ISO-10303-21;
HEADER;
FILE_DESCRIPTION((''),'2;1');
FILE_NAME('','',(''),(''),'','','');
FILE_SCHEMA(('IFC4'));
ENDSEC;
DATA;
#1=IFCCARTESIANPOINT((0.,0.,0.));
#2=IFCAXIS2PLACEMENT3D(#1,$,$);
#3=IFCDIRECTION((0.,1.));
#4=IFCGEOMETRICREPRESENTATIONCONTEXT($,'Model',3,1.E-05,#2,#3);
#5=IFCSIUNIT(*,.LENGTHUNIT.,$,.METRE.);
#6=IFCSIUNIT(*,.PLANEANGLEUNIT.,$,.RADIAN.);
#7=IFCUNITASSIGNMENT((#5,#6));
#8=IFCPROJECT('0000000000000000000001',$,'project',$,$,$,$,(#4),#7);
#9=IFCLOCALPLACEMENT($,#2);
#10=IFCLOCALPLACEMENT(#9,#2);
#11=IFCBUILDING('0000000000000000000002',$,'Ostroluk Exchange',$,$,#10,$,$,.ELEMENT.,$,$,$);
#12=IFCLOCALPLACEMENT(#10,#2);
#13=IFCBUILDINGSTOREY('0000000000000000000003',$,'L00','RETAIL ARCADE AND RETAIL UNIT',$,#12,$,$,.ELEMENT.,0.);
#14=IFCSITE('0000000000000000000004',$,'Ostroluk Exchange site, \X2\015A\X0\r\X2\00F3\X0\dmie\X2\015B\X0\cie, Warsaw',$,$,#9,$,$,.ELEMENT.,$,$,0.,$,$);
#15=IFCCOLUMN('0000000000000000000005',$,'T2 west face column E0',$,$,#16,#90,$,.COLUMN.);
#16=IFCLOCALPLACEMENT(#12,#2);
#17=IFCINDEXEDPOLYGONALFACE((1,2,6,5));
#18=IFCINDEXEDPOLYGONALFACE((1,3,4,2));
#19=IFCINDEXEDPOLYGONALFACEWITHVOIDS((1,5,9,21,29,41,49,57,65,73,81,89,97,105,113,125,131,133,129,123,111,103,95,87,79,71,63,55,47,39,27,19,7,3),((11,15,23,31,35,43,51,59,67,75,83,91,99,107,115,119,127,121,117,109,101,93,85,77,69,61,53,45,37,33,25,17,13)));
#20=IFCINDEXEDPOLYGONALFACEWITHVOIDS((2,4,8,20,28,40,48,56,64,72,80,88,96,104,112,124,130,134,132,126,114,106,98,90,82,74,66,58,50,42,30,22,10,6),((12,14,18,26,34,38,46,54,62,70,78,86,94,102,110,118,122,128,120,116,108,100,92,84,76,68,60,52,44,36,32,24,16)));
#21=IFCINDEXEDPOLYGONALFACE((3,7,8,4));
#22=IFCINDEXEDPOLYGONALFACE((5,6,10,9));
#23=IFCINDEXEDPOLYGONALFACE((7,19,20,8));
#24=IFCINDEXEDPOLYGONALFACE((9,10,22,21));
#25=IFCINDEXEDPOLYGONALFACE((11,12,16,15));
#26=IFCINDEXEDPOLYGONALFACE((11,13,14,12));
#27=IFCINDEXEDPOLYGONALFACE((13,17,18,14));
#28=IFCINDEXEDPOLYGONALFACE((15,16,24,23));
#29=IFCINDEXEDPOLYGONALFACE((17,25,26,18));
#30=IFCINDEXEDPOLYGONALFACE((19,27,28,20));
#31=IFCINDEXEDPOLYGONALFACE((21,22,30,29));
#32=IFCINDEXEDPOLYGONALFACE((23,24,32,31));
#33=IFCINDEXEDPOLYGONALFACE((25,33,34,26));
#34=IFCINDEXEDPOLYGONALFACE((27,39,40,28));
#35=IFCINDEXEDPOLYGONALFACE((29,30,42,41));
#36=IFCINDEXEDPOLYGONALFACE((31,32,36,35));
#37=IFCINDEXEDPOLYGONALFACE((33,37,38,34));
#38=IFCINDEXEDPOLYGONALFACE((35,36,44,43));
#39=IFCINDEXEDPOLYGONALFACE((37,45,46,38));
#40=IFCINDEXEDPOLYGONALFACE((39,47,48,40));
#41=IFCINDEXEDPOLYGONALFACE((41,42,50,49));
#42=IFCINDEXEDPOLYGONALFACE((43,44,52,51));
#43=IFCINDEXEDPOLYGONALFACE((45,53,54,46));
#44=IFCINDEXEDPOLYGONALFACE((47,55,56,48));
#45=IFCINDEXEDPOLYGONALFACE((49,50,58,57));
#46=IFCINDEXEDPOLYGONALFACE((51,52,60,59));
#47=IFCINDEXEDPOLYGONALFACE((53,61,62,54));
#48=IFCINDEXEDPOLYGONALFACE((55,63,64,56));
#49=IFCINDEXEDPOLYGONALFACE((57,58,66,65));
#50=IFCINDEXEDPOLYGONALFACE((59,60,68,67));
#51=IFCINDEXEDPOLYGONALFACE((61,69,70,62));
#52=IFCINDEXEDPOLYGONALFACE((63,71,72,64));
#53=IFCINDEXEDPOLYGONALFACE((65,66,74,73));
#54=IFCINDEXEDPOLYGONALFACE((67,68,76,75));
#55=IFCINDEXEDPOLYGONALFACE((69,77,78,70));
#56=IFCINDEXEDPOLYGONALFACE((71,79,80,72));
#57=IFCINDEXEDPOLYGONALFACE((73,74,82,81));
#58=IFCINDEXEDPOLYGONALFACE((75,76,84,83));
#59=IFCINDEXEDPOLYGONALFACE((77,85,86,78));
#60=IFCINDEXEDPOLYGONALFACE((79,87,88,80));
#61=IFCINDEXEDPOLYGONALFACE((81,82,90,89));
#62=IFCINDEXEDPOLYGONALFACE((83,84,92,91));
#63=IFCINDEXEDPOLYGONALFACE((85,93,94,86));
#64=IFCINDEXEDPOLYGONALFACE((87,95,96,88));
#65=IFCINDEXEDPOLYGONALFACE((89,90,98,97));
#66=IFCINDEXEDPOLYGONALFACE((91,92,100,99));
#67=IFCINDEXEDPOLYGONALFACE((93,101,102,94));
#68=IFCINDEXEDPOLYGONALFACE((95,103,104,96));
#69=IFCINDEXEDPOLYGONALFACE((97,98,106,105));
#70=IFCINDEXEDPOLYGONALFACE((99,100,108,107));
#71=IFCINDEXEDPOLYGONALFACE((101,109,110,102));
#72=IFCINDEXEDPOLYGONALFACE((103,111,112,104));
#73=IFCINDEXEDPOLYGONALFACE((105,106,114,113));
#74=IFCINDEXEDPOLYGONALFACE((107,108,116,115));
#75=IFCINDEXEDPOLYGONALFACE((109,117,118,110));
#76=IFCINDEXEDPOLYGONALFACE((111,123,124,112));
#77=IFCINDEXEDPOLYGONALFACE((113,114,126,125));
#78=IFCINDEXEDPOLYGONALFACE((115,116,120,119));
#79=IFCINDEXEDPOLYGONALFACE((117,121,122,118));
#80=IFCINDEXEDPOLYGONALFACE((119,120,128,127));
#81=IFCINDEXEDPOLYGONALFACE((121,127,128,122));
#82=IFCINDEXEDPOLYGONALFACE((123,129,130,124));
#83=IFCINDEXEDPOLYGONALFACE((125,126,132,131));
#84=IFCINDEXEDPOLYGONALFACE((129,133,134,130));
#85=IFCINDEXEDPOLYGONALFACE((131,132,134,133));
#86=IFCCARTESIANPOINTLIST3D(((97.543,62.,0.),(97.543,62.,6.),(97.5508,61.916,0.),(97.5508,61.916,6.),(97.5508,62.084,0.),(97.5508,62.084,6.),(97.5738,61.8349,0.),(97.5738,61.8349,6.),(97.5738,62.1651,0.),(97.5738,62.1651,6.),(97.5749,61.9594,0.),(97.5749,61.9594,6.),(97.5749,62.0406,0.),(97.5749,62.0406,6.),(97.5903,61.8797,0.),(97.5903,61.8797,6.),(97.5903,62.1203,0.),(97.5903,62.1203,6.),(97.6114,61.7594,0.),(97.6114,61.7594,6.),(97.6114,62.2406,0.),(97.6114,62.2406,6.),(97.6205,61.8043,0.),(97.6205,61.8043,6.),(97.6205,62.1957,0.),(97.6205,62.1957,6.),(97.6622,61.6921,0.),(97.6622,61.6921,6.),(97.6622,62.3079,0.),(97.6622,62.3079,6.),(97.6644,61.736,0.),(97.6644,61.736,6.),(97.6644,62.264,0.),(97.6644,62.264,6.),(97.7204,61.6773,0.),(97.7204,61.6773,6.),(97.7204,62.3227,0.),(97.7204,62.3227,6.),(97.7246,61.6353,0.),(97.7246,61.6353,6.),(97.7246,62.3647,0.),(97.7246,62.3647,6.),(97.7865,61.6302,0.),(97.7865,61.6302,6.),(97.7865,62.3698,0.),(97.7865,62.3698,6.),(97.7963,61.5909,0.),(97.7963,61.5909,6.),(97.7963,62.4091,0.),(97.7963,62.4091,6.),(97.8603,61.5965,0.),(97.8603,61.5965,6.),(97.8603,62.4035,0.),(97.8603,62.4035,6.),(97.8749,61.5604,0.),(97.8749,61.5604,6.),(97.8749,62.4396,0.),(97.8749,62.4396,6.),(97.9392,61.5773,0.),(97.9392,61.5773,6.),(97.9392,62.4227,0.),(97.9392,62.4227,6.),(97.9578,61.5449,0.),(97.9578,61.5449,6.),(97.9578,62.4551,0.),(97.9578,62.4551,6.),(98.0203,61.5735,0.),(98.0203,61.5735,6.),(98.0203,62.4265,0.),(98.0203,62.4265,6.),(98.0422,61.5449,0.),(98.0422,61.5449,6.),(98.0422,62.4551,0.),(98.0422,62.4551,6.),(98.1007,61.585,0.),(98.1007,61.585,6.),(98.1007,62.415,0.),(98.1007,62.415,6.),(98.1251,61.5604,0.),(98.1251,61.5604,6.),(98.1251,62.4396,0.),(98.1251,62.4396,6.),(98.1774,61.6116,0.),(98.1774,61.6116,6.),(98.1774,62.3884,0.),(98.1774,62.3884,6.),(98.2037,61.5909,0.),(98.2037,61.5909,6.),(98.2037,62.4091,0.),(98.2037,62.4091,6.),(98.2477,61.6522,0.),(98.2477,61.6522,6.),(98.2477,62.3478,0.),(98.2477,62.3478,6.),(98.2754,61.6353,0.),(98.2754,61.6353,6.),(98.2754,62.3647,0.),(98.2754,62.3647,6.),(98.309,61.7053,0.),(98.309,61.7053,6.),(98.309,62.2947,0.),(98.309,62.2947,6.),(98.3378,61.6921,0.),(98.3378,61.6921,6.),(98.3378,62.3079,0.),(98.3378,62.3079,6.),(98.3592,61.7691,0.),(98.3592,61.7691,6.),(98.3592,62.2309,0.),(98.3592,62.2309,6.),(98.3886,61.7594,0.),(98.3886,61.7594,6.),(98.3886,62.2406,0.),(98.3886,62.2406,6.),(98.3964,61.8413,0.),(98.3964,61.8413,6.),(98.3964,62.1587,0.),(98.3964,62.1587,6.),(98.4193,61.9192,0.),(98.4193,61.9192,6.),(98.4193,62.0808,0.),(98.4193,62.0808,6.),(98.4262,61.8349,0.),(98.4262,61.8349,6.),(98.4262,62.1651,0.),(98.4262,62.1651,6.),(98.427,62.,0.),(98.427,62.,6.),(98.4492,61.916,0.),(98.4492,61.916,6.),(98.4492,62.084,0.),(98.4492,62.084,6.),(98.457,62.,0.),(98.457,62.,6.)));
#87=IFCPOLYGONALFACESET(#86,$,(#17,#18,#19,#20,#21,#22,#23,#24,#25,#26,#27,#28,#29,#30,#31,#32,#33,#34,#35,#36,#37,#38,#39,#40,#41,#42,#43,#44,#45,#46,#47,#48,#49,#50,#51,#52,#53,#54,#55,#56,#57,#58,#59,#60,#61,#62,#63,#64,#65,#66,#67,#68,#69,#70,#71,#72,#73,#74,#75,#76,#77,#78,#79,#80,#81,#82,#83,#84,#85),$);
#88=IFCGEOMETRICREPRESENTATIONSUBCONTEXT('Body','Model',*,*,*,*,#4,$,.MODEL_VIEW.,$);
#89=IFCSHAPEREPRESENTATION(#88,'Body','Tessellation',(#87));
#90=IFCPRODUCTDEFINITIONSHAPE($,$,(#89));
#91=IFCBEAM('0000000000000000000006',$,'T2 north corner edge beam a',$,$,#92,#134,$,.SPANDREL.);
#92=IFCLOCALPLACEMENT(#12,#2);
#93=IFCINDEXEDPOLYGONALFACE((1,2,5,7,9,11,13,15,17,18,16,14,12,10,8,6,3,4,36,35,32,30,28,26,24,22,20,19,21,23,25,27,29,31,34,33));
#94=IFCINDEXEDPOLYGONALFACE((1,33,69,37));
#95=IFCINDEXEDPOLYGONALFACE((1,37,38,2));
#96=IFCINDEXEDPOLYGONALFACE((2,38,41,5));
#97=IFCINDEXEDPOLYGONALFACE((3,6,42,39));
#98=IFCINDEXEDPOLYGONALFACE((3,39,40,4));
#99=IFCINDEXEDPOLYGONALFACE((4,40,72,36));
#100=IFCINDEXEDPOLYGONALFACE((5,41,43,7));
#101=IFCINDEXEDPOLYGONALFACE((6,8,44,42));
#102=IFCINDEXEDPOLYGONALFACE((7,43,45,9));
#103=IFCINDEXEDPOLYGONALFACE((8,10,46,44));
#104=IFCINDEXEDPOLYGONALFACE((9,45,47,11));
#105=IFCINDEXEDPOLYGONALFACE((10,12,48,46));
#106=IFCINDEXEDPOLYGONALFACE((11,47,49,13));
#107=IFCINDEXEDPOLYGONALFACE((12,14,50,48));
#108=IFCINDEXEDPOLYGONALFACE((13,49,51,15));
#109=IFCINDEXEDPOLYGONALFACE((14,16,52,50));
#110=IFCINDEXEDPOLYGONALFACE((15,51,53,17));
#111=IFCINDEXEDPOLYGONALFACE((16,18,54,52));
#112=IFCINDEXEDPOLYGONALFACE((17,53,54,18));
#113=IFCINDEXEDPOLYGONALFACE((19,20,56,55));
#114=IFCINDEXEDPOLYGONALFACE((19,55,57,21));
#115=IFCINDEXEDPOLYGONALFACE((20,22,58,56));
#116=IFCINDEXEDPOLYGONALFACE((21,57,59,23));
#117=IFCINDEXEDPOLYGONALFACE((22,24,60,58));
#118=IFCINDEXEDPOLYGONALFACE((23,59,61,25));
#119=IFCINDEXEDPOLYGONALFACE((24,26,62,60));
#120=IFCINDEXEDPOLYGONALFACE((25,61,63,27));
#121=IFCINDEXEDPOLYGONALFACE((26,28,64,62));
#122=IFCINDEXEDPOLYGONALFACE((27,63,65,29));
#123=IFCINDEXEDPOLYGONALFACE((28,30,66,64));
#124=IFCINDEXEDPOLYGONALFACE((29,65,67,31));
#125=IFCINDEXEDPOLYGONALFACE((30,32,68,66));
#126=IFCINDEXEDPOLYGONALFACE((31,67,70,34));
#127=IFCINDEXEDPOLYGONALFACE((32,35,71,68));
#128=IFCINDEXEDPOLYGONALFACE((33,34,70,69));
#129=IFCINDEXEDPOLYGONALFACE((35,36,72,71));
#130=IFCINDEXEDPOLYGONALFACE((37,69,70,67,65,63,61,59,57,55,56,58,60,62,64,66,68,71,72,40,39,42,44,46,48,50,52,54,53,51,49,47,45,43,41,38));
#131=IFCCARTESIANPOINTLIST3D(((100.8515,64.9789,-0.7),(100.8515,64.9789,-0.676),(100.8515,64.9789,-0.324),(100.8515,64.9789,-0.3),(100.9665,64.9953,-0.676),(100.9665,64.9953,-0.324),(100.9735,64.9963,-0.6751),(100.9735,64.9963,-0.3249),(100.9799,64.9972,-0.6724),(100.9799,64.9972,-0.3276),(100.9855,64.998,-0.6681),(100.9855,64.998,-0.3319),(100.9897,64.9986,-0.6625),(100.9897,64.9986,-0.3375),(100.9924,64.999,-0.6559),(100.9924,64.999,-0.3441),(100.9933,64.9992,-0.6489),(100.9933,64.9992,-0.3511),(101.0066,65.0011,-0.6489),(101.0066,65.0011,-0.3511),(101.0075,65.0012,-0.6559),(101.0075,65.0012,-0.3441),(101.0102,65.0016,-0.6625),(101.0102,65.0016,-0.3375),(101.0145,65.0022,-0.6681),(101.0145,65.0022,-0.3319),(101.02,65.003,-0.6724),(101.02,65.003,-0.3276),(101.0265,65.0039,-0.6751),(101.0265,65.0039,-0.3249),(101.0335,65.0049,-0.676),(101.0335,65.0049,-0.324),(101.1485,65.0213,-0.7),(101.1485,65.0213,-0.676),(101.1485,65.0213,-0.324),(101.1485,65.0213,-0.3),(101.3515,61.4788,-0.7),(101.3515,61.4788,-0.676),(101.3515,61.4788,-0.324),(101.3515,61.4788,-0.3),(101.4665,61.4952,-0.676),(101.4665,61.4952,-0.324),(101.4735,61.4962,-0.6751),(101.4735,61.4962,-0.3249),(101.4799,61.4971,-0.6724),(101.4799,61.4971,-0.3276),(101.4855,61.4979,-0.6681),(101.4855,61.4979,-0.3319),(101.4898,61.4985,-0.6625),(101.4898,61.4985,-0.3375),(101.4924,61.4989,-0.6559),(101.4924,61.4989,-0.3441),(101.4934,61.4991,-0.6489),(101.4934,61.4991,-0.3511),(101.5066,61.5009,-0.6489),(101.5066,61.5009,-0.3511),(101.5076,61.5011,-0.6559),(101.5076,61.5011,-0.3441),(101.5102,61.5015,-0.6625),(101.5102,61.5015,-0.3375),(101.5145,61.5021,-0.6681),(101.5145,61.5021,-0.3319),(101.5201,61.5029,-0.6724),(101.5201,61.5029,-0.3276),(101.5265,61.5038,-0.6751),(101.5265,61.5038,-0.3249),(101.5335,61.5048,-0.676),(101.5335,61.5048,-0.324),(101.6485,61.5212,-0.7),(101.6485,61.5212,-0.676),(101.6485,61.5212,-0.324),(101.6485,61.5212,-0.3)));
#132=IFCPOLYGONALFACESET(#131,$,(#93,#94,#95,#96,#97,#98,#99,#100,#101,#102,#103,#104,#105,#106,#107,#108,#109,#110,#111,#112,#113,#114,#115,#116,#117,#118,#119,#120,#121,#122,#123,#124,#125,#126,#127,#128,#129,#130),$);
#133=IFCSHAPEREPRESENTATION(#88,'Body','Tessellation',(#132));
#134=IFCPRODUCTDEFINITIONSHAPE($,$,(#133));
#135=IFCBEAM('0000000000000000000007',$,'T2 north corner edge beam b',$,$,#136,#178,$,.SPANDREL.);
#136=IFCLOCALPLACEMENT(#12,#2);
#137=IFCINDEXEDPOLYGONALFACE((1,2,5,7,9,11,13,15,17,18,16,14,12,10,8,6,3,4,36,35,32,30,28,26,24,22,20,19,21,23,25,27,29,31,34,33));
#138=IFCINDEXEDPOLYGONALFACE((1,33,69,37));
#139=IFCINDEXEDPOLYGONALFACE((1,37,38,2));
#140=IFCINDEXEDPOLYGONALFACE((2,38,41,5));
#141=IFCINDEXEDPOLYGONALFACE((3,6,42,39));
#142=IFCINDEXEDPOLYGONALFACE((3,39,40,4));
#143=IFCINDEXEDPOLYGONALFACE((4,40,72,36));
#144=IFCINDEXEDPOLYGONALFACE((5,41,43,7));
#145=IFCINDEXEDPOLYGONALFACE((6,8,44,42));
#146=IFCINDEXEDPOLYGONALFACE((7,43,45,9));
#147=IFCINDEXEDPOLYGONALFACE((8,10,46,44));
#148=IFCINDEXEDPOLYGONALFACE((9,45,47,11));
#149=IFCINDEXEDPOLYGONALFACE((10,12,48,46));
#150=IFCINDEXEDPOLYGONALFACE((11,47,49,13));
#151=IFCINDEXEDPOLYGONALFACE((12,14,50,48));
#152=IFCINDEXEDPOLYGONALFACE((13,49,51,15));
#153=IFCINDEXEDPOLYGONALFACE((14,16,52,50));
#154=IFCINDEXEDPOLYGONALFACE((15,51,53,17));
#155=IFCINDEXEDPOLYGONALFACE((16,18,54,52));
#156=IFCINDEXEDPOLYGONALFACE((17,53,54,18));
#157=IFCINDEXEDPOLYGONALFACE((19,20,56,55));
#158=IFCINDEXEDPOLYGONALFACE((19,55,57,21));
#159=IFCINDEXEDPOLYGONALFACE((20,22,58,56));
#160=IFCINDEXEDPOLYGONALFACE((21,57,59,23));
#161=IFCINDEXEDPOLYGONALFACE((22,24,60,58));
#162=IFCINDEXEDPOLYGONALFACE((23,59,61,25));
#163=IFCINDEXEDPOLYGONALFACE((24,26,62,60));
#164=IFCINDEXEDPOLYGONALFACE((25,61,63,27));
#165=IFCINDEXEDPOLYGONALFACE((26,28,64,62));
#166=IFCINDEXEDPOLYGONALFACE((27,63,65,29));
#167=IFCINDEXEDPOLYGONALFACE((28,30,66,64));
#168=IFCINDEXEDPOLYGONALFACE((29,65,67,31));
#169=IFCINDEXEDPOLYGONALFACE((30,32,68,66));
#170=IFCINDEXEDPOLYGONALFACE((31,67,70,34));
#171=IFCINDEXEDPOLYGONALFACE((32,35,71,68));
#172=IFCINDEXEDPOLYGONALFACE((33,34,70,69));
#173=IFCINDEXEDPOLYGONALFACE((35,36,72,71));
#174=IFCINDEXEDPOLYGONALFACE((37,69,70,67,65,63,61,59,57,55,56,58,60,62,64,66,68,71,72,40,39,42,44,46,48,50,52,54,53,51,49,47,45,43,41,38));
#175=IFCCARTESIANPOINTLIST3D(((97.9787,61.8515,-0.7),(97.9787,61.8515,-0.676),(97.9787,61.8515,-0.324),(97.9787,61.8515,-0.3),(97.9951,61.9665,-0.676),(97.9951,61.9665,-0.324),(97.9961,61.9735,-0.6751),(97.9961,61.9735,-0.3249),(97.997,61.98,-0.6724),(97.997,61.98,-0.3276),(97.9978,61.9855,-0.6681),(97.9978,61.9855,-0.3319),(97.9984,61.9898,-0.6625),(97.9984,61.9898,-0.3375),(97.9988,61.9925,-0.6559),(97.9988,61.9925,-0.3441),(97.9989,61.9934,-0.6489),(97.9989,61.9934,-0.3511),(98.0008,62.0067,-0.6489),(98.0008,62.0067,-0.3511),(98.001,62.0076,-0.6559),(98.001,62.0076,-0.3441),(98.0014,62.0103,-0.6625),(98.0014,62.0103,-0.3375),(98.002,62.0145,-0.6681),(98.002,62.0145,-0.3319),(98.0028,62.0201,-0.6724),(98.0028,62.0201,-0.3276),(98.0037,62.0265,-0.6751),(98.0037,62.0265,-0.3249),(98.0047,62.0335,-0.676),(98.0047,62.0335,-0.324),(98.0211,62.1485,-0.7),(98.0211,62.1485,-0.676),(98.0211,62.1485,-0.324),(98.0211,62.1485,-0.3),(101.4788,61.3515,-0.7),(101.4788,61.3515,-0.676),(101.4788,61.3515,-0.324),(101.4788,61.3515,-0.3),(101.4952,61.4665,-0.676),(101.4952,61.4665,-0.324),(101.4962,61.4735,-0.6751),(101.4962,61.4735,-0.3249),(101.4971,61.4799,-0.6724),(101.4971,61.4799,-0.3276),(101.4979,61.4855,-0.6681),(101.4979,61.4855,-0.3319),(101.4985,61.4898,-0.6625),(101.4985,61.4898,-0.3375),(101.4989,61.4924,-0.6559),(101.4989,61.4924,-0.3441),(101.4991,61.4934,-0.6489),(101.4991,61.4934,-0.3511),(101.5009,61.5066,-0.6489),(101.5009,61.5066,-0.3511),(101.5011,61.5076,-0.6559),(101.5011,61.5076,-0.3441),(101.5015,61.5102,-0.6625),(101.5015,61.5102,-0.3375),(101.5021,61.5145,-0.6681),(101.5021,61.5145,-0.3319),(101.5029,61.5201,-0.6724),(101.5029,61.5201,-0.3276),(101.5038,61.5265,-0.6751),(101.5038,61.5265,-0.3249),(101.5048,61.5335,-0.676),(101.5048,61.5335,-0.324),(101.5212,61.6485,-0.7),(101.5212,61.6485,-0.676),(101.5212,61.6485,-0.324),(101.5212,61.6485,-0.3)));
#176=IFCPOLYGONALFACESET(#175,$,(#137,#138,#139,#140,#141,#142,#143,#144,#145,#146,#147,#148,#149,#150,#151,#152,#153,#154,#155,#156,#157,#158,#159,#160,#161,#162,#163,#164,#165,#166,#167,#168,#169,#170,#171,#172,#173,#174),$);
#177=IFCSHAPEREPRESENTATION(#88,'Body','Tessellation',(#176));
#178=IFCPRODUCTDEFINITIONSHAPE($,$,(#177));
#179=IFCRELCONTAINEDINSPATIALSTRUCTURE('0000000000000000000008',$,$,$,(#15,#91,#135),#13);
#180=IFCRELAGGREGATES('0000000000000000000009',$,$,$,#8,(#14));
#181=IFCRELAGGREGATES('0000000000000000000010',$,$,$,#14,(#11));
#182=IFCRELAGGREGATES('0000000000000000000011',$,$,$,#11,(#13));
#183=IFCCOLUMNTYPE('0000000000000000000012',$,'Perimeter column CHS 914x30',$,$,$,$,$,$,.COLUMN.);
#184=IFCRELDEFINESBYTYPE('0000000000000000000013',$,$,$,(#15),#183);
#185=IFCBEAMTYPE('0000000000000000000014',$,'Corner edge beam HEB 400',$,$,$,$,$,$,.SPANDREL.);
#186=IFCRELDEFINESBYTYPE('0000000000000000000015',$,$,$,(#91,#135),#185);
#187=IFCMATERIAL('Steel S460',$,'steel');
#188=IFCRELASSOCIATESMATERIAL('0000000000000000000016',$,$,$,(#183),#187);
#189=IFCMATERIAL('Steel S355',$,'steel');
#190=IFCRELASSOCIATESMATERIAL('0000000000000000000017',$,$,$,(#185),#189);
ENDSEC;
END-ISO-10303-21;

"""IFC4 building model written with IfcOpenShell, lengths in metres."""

from ifc_helpers import new_model, si_unit, direction, frame, origin, origin_2d, place, context, subcontext, project, spatial, hollow_circle, i_section, extrude, material, material_profile, profile_set, type_object, element, save


model = new_model("IFC4")

# Units and contexts
model_context = context("Model", 3, precision=1e-05, world=origin(), true_north=direction((0.0, 1.0)))
body_context = subcontext(model_context, "Body", "Model", "MODEL_VIEW")
ifc_project = project(units=[si_unit("LENGTHUNIT", "METRE"), si_unit("PLANEANGLEUNIT", "RADIAN")], contexts=[model_context])

# Site, building, storey
site_placement = place(None, origin())
site = spatial("IfcSite", under=ifc_project, at=site_placement, Name="Ostroluk Exchange site, Śródmieście, Warsaw", CompositionType="ELEMENT", RefElevation=0.0)
building_placement = place(site_placement, origin())
building = spatial("IfcBuilding", under=site, at=building_placement, Name="Ostroluk Exchange", CompositionType="ELEMENT")
storey_placement = place(building_placement, origin())
storey = spatial("IfcBuildingStorey", under=building, at=storey_placement, Name="L00", Description="RETAIL ARCADE AND RETAIL UNIT", CompositionType="ELEMENT", Elevation=0.0)

# Column
ifc_material_1 = material(Name="Steel S460", Category="steel")
ifc_material_profile_1 = material_profile(ifc_material_1, hollow_circle(Radius=0.457, WallThickness=0.03, at=origin_2d()), Name="CHS 914x30")
ifc_profile_set_1 = profile_set([ifc_material_profile_1], Name="Steel S460")
column_type_1 = type_object("IfcColumnType", Name="Perimeter column CHS 914x30", PredefinedType="COLUMN", material=ifc_profile_set_1)
for number, where, z_axis, x_axis, name in (
    (1, (98.0, 62.0, 0.0), (0.0, 0.0, 1.0), (1.0, 0.0, 0.0), "T2 west face column E0"),
):
    element("IfcColumn", number, at=place(storey_placement, frame(where, z_axis=z_axis, x_axis=x_axis)), inside=storey, type_object=column_type_1, Name=name, PredefinedType="COLUMN", context=body_context, shape_type="SweptSolid", body=[
        extrude(hollow_circle(Radius=0.457, WallThickness=0.03, at=origin_2d()), origin(), (0.0, 0.0, 1.0), 6.0),
    ])

# Beams
ifc_material_2 = material(Name="Steel S355", Category="steel")
ifc_material_profile_2 = material_profile(ifc_material_2, i_section(OverallWidth=0.3, OverallDepth=0.3999, WebThickness=0.0134, FlangeThickness=0.0239, FilletRadius=0.0271, at=origin_2d()), Name="HEB 400")
ifc_profile_set_2 = profile_set([ifc_material_profile_2], Name="Steel S355")
beam_type_1 = type_object("IfcBeamType", Name="Corner edge beam HEB 400", PredefinedType="SPANDREL", material=ifc_profile_set_2)
for number, where, z_axis, x_axis, name in (
    (2, (101.5, 61.5, -0.5), (-0.141421, 0.989949, 0.0), (-0.989949, -0.141421, 0.0), "T2 north corner edge beam a"),
    (3, (101.5, 61.5, -0.5), (-0.989949, 0.141421, 0.0), (-0.141421, -0.989949, 0.0), "T2 north corner edge beam b"),
):
    element("IfcBeam", number, at=place(storey_placement, frame(where, z_axis=z_axis, x_axis=x_axis)), inside=storey, type_object=beam_type_1, Name=name, PredefinedType="SPANDREL", context=body_context, shape_type="SweptSolid", body=[
        extrude(i_section(OverallWidth=0.3, OverallDepth=0.3999, WebThickness=0.0134, FlangeThickness=0.0239, FilletRadius=0.0271, at=origin_2d()), origin(), (0.0, 0.0, 1.0), 3.5356),
    ])

save(model, "model.ifc")
